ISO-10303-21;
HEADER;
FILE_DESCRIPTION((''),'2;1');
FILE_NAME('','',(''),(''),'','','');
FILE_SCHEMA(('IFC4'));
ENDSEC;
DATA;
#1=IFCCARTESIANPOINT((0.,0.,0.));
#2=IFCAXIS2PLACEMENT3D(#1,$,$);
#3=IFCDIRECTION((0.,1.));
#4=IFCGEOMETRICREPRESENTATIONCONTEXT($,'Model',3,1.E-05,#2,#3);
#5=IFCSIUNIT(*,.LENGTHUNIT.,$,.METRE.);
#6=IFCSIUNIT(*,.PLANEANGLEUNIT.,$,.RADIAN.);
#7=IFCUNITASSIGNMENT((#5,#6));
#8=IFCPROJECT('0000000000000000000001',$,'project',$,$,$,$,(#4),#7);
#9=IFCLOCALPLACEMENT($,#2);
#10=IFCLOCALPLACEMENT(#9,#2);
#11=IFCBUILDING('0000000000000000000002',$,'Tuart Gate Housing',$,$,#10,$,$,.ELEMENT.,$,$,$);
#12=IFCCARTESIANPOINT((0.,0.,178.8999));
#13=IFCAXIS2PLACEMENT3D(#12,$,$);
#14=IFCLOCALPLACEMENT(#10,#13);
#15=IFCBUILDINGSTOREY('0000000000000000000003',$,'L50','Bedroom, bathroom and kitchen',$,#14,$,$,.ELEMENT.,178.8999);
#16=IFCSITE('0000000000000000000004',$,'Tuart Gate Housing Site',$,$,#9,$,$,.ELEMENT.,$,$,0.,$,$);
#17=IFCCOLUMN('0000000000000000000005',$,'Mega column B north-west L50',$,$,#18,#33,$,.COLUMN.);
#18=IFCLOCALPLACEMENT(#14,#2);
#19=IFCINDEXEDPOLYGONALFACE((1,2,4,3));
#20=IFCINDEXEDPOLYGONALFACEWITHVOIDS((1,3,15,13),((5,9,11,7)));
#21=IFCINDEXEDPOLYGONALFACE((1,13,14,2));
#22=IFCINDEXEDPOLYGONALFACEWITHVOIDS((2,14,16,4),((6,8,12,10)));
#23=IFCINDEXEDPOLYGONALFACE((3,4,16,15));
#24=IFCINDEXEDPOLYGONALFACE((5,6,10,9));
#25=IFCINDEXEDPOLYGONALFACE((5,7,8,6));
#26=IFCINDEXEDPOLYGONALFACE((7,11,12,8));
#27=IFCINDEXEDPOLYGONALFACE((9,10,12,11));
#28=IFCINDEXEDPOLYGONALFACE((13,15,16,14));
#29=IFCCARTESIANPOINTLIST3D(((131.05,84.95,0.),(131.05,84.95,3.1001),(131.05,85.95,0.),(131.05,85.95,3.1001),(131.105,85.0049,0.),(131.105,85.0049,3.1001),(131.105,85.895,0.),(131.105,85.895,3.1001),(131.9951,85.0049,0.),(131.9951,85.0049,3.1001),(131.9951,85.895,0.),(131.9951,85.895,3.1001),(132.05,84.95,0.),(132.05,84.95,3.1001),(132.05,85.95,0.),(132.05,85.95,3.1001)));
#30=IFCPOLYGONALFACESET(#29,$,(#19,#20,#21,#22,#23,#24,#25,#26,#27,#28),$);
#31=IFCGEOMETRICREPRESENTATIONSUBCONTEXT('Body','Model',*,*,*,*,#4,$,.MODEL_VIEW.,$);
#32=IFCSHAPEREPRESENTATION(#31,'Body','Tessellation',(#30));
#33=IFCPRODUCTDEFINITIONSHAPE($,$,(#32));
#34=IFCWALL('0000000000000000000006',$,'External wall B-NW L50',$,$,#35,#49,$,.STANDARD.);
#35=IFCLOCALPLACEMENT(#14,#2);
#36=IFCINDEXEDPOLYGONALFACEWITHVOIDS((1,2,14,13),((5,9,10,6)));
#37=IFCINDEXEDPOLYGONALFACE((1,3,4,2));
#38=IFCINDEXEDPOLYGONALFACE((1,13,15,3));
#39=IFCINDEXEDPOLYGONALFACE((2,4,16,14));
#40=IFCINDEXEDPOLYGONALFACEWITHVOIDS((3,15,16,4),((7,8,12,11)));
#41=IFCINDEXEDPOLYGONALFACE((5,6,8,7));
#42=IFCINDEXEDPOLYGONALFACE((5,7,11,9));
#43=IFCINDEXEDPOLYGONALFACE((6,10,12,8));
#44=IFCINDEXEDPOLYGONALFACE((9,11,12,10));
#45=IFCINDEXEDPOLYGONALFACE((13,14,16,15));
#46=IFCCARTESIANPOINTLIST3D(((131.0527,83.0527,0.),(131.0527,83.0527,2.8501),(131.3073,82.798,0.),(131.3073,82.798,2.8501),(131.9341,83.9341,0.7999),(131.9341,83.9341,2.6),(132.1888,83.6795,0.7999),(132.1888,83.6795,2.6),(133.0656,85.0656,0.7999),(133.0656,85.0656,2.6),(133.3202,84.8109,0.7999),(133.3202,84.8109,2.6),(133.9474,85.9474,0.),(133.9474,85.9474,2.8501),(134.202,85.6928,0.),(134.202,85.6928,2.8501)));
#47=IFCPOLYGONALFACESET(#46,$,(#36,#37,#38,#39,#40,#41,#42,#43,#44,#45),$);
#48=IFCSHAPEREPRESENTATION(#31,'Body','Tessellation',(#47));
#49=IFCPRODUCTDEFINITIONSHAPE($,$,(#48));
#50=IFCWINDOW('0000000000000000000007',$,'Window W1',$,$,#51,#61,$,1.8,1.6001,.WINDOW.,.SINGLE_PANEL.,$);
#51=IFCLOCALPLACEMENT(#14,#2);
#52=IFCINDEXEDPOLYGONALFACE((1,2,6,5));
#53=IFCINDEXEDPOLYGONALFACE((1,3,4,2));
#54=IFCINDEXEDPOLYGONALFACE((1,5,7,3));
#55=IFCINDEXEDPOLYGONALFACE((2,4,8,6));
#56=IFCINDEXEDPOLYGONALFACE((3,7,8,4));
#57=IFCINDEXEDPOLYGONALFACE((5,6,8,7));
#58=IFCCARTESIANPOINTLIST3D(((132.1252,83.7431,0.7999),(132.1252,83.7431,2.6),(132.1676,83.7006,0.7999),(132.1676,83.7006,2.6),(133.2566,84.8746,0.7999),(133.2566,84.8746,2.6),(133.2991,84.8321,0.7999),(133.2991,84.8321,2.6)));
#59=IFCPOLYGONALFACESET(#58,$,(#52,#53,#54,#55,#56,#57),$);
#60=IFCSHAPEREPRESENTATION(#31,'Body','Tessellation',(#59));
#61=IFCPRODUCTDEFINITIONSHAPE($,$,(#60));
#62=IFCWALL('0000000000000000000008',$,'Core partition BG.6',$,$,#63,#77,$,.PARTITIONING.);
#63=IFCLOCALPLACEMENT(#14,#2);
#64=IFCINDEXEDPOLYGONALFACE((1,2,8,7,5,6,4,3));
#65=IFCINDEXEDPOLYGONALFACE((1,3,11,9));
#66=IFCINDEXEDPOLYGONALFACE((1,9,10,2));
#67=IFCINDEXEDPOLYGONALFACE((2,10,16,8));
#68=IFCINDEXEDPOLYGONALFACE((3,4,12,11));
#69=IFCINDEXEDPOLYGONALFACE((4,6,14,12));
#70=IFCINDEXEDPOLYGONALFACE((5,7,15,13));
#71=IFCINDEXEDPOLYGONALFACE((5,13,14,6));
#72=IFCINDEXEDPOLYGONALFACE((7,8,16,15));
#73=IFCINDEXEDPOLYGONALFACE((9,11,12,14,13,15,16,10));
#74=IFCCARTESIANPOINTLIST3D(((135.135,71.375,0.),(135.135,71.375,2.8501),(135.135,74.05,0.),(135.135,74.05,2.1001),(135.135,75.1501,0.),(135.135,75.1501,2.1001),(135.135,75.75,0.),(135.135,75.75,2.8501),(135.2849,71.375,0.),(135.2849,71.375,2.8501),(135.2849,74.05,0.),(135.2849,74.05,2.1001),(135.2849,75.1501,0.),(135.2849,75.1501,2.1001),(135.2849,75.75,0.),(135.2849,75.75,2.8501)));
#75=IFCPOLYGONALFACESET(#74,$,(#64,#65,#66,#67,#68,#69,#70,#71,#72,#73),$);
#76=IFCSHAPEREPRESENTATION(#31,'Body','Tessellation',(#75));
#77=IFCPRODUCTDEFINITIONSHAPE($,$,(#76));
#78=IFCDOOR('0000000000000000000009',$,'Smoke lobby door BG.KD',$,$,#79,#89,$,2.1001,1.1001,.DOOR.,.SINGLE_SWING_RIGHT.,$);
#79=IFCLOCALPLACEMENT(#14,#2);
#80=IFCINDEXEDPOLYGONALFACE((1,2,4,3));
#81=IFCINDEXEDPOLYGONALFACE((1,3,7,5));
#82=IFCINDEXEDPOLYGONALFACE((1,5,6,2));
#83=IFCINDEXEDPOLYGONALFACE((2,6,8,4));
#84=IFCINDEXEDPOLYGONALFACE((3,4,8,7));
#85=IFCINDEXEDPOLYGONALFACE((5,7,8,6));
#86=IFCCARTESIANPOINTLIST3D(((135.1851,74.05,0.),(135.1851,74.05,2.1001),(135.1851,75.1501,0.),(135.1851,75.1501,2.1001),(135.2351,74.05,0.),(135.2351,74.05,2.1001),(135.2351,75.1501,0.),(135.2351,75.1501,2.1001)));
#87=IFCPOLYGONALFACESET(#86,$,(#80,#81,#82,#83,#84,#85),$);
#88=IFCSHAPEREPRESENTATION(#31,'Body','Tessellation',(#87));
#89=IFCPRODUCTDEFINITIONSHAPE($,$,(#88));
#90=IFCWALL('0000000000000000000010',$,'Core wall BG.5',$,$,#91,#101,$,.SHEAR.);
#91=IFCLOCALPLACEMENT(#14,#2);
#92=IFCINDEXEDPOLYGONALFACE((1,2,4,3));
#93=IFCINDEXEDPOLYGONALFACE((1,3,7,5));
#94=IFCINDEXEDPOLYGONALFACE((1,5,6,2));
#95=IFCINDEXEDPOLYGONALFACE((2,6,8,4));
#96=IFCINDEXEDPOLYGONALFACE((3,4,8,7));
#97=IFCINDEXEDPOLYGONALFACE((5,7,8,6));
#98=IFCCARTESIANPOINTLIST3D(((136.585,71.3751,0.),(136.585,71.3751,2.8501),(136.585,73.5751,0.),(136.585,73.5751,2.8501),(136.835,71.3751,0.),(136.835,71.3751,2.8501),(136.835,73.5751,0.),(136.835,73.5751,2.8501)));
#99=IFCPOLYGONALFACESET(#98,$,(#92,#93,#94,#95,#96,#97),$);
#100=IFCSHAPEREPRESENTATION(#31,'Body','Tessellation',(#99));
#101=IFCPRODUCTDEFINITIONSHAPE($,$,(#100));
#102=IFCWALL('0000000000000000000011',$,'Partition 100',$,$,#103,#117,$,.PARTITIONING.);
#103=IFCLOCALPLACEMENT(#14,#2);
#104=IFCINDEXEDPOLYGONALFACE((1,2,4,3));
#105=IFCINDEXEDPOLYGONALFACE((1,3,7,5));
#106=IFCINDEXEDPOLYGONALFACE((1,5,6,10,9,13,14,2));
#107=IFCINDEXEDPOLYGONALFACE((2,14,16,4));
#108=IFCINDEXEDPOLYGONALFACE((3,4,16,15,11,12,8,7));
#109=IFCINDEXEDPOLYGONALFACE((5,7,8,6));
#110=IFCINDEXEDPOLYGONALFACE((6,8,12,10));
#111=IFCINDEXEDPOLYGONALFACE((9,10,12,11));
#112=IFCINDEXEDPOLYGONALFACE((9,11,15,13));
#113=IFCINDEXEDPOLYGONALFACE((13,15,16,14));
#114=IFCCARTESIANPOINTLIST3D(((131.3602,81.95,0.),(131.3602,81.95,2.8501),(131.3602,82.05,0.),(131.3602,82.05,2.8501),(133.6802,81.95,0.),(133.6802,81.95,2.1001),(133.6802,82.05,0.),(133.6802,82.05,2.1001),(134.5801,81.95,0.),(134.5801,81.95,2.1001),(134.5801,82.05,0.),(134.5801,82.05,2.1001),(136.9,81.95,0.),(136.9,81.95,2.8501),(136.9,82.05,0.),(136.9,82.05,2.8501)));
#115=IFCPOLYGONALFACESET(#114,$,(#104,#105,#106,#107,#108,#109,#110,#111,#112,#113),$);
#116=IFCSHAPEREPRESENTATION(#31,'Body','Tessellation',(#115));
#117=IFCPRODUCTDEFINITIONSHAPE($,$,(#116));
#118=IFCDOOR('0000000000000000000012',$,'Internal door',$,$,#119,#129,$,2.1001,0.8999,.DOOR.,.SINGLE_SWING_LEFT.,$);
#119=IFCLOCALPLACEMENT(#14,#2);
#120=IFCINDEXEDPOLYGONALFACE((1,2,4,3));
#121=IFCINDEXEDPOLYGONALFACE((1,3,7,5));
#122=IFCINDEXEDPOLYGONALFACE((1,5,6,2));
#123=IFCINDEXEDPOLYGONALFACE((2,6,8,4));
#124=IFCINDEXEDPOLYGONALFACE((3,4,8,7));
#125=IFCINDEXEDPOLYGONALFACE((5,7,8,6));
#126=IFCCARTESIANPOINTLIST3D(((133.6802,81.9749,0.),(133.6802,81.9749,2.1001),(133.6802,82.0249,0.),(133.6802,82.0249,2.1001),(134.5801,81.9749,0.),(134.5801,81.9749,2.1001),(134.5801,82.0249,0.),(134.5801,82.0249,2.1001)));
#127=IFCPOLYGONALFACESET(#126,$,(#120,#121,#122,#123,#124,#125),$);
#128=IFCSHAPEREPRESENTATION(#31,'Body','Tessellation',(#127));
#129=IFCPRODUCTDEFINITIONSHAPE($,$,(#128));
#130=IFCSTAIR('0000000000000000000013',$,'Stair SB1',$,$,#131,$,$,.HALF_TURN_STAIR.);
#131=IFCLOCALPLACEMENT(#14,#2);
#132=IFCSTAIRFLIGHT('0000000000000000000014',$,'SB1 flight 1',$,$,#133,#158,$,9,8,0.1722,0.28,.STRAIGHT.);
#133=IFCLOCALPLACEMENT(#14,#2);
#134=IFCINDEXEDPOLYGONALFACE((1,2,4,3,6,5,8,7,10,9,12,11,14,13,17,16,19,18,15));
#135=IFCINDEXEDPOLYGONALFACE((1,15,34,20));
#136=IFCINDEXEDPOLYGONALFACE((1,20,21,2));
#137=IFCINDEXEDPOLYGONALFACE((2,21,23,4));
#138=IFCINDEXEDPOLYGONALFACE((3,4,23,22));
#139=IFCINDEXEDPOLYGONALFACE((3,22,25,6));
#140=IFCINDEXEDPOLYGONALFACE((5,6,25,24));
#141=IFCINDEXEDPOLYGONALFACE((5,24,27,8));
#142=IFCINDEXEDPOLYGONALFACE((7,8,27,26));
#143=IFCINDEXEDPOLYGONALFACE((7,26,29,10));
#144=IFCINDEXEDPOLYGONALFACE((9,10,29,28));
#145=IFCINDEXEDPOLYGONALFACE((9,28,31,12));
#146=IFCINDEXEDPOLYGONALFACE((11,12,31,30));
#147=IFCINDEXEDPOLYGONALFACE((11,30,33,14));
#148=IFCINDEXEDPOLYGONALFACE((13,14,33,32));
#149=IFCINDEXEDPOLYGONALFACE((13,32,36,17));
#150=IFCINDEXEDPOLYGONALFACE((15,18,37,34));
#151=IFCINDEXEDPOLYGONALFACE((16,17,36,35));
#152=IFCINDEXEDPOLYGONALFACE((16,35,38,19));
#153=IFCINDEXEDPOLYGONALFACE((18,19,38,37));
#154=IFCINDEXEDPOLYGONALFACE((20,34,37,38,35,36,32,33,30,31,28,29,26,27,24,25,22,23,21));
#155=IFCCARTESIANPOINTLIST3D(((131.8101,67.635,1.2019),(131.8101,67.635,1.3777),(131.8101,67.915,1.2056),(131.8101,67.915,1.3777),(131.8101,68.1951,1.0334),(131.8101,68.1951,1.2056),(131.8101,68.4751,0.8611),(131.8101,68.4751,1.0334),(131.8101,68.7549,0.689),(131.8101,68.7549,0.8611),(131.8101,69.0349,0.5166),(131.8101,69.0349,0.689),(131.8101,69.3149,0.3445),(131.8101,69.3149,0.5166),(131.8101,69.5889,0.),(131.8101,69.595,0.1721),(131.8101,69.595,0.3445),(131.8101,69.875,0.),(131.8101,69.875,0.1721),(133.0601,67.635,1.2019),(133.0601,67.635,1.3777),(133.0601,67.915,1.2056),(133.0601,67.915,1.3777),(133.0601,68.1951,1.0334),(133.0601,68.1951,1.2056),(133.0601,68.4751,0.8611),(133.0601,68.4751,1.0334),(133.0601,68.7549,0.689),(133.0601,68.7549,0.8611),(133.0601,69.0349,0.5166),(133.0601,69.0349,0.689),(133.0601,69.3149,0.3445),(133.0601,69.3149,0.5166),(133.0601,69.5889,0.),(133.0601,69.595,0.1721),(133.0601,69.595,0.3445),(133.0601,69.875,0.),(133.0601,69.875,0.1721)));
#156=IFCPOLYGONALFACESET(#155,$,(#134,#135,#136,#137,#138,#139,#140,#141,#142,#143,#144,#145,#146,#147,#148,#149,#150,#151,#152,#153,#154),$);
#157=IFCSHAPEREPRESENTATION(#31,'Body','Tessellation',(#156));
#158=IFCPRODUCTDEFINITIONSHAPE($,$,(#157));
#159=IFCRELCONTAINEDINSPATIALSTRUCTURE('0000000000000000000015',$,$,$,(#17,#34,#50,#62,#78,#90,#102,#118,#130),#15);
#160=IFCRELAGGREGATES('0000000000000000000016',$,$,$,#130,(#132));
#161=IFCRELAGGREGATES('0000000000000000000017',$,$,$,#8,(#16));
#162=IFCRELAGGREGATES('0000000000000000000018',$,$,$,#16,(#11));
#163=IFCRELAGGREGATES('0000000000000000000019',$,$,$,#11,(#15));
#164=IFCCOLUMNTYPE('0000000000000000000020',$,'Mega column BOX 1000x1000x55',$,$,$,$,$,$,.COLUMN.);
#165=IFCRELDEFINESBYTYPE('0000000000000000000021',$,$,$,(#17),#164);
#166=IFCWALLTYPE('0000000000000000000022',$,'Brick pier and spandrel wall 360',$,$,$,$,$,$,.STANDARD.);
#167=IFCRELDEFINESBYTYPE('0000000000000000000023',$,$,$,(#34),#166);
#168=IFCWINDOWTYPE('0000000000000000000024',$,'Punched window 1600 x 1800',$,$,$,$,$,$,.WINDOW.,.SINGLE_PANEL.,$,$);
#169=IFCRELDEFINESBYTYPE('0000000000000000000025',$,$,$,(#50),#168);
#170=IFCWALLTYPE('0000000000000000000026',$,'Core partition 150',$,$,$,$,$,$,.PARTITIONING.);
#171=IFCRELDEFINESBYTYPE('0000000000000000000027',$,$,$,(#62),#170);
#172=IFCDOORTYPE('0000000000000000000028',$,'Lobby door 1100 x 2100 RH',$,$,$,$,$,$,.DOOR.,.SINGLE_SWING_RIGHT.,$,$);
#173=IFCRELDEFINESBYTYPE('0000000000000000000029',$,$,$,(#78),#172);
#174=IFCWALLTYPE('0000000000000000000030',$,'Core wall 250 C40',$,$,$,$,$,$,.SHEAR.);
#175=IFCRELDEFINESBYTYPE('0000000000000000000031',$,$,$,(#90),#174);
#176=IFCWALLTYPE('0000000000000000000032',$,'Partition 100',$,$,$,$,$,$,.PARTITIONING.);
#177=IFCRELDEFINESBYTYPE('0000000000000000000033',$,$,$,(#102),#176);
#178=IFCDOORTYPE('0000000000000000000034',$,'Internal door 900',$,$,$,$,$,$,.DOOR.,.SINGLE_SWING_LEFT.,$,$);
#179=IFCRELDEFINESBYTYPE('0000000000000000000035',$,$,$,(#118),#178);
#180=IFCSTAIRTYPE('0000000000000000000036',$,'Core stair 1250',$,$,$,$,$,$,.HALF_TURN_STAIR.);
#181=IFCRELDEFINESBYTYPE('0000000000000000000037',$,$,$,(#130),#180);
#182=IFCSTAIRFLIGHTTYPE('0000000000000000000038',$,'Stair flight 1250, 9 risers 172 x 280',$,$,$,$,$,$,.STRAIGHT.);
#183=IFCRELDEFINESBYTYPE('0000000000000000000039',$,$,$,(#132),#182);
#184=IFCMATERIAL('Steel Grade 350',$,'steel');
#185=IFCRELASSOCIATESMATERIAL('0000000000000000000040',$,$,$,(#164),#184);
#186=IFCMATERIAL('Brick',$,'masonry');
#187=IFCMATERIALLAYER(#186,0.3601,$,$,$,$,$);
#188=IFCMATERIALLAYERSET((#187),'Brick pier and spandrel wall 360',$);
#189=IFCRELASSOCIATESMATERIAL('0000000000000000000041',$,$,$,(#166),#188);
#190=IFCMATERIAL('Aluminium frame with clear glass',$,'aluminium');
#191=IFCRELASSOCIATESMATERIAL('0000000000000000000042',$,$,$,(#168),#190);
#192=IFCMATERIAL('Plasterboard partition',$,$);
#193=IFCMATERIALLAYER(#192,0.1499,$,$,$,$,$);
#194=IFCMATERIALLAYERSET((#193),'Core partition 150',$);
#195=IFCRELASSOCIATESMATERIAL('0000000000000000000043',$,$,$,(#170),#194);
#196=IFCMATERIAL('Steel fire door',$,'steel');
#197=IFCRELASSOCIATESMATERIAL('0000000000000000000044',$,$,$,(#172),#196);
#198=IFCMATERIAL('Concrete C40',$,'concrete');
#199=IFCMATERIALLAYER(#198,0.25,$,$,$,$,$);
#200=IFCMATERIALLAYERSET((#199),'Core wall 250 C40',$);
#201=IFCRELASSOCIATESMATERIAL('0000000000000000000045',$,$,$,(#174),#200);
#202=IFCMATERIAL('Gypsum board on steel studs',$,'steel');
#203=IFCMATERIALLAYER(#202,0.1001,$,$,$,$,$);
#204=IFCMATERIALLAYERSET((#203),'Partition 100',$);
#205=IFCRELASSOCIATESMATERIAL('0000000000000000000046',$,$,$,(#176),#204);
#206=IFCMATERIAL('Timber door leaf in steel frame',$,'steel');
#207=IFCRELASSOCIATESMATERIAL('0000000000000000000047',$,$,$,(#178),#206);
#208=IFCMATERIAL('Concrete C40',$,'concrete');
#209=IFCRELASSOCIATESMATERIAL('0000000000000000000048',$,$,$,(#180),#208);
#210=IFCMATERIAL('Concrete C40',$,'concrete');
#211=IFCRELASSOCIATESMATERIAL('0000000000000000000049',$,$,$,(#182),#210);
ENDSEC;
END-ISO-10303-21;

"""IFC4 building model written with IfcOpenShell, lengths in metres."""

from ifc_helpers import new_model, si_unit, direction, frame, frame_2d, origin, origin_2d, place, context, subcontext, project, spatial, polyline, rectangle, hollow_rectangle, outline, extrude, material, layer, layer_set, material_profile, profile_set, type_object, element, fill, aggregate, save


model = new_model("IFC4")

# Units and contexts
model_context = context("Model", 3, precision=1e-05, world=origin(), true_north=direction((0.0, 1.0)))
body_context = subcontext(model_context, "Body", "Model", "MODEL_VIEW")
ifc_project = project(units=[si_unit("LENGTHUNIT", "METRE"), si_unit("PLANEANGLEUNIT", "RADIAN")], contexts=[model_context])

# Site, building, storey
site_placement = place(None, origin())
site = spatial("IfcSite", under=ifc_project, at=site_placement, Name="Tuart Gate Housing Site", CompositionType="ELEMENT", RefElevation=0.0)
building_placement = place(site_placement, origin())
building = spatial("IfcBuilding", under=site, at=building_placement, Name="Tuart Gate Housing", CompositionType="ELEMENT")
storey_placement = place(building_placement, frame((0.0, 0.0, 178.8999)))
storey = spatial("IfcBuildingStorey", under=building, at=storey_placement, Name="L50", Description="Bedroom, bathroom and kitchen", CompositionType="ELEMENT", Elevation=178.8999)

# Column
ifc_material_1 = material(Name="Steel Grade 350", Category="steel")
ifc_material_profile = material_profile(ifc_material_1, hollow_rectangle(XDim=1.0, YDim=1.0, WallThickness=0.0549, at=origin_2d()), Name="BOX 1000x1000x55")
ifc_profile_set = profile_set([ifc_material_profile], Name="Steel Grade 350")
column_type = type_object("IfcColumnType", Name="Mega column BOX 1000x1000x55", PredefinedType="COLUMN", material=ifc_profile_set)
column_placement = place(storey_placement, frame((131.55, 85.45, 0.0), z_axis=(0.0, 0.0, 1.0), x_axis=(1.0, 0.0, 0.0)))
element("IfcColumn", 1, at=column_placement, inside=storey, type_object=column_type, Name="Mega column B north-west L50", PredefinedType="COLUMN", context=body_context, shape_type="SweptSolid", body=[
    extrude(hollow_rectangle(XDim=1.0, YDim=1.0, WallThickness=0.0549, at=origin_2d()), origin(), (0.0, 0.0, 1.0), 3.1001),
])

# Wall, opening, window
ifc_material_2 = material(Name="Brick", Category="masonry")
ifc_layer_1 = layer(ifc_material_2, 0.3601)
ifc_layer_set_1 = layer_set([ifc_layer_1], Name="Brick pier and spandrel wall 360")
wall_type_1 = type_object("IfcWallType", Name="Brick pier and spandrel wall 360", PredefinedType="STANDARD", material=ifc_layer_set_1)
wall_1_placement = place(storey_placement, frame((134.0747, 85.8201, 0.0), z_axis=(0.0, 0.0, 1.0), x_axis=(-0.707107, -0.707107, 0.0)))
wall_1 = element("IfcWall", 2, at=wall_1_placement, inside=storey, type_object=wall_type_1, Name="External wall B-NW L50", PredefinedType="STANDARD", context=body_context, shape_type="SweptSolid", body=[
    extrude(rectangle(XDim=4.0938, YDim=0.3601, at=frame_2d((2.0469, 0.0))), origin(), (0.0, 0.0, 1.0), 2.8501),
])
opening_1_placement = place(wall_1_placement, frame((1.2471, 0.0, 0.8)))
opening_1 = element("IfcOpeningElement", 3, at=opening_1_placement, cuts=wall_1, PredefinedType="OPENING", context=body_context, shape_type="SweptSolid", body=[
    extrude(rectangle(XDim=1.6001, YDim=1.8, at=frame_2d((0.8, 0.8999))), frame((0.0, 0.1899, 0.0), z_axis=(0.0, -1.0, 0.0), x_axis=(1.0, 0.0, 0.0)), (0.0, 0.0, 1.0), 0.3801),
])
ifc_material_3 = material(Name="Aluminium frame with clear glass", Category="aluminium")
window_type = type_object("IfcWindowType", Name="Punched window 1600 x 1800", PartitioningType="SINGLE_PANEL", PredefinedType="WINDOW", material=ifc_material_3)
window_placement = place(opening_1_placement, origin())
window = element("IfcWindow", 4, at=window_placement, inside=storey, type_object=window_type, Name="Window W1", OverallHeight=1.8, OverallWidth=1.6001, PartitioningType="SINGLE_PANEL", PredefinedType="WINDOW", context=body_context, shape_type="SweptSolid", body=[
    extrude(rectangle(XDim=1.6001, YDim=1.8, at=frame_2d((0.8, 0.8999))), frame((0.0, 0.1501, 0.0), z_axis=(0.0, -1.0, 0.0), x_axis=(1.0, 0.0, 0.0)), (0.0, 0.0, 1.0), 0.0601),
])
fill(opening_1, window)

# Wall, opening, door
ifc_material_4 = material(Name="Plasterboard partition")
ifc_layer_2 = layer(ifc_material_4, 0.1499)
ifc_layer_set_2 = layer_set([ifc_layer_2], Name="Core partition 150")
wall_type_2 = type_object("IfcWallType", Name="Core partition 150", PredefinedType="PARTITIONING", material=ifc_layer_set_2)
wall_2_placement = place(storey_placement, frame((135.21, 71.375, 0.0), z_axis=(0.0, 0.0, 1.0), x_axis=(0.0, 1.0, 0.0)))
wall_2 = element("IfcWall", 5, at=wall_2_placement, inside=storey, type_object=wall_type_2, Name="Core partition BG.6", PredefinedType="PARTITIONING", context=body_context, shape_type="SweptSolid", body=[
    extrude(rectangle(XDim=4.375, YDim=0.1499, at=frame_2d((2.1875, 0.0))), origin(), (0.0, 0.0, 1.0), 2.8501),
])
opening_2_placement = place(wall_2_placement, frame((2.675, 0.0, 0.0)))
opening_2 = element("IfcOpeningElement", 6, at=opening_2_placement, cuts=wall_2, PredefinedType="OPENING", context=body_context, shape_type="SweptSolid", body=[
    extrude(rectangle(XDim=1.1001, YDim=2.1001, at=frame_2d((0.55, 1.05))), frame((0.0, 0.085, 0.0), z_axis=(0.0, -1.0, 0.0), x_axis=(1.0, 0.0, 0.0)), (0.0, 0.0, 1.0), 0.1699),
])
ifc_material_5 = material(Name="Steel fire door", Category="steel")
door_type_1 = type_object("IfcDoorType", Name="Lobby door 1100 x 2100 RH", OperationType="SINGLE_SWING_RIGHT", PredefinedType="DOOR", material=ifc_material_5)
door_1_placement = place(opening_2_placement, origin())
door_1 = element("IfcDoor", 7, at=door_1_placement, inside=storey, type_object=door_type_1, Name="Smoke lobby door BG.KD", OperationType="SINGLE_SWING_RIGHT", OverallHeight=2.1001, OverallWidth=1.1001, PredefinedType="DOOR", context=body_context, shape_type="SweptSolid", body=[
    extrude(rectangle(XDim=1.1001, YDim=2.1001, at=frame_2d((0.55, 1.05))), frame((0.0, 0.0249, 0.0), z_axis=(0.0, -1.0, 0.0), x_axis=(1.0, 0.0, 0.0)), (0.0, 0.0, 1.0), 0.05),
])
fill(opening_2, door_1)

# Wall
ifc_material_6 = material(Name="Concrete C40", Category="concrete")
ifc_layer_3 = layer(ifc_material_6, 0.25)
ifc_layer_set_3 = layer_set([ifc_layer_3], Name="Core wall 250 C40")
wall_type_3 = type_object("IfcWallType", Name="Core wall 250 C40", PredefinedType="SHEAR", material=ifc_layer_set_3)
wall_3_placement = place(storey_placement, frame((136.71, 71.375, 0.0), z_axis=(0.0, 0.0, 1.0), x_axis=(0.0, 1.0, 0.0)))
element("IfcWall", 8, at=wall_3_placement, inside=storey, type_object=wall_type_3, Name="Core wall BG.5", PredefinedType="SHEAR", context=body_context, shape_type="SweptSolid", body=[
    extrude(rectangle(XDim=2.2, YDim=0.25, at=frame_2d((1.1001, 0.0))), origin(), (0.0, 0.0, 1.0), 2.8501),
])

# Wall, opening, door
ifc_material_7 = material(Name="Gypsum board on steel studs", Category="steel")
ifc_layer_4 = layer(ifc_material_7, 0.1001)
ifc_layer_set_4 = layer_set([ifc_layer_4], Name="Partition 100")
wall_type_4 = type_object("IfcWallType", Name="Partition 100", PredefinedType="PARTITIONING", material=ifc_layer_set_4)
wall_4_placement = place(storey_placement, frame((131.3601, 82.0, 0.0), z_axis=(0.0, 0.0, 1.0), x_axis=(1.0, 0.0, 0.0)))
wall_4 = element("IfcWall", 9, at=wall_4_placement, inside=storey, type_object=wall_type_4, Name="Partition 100", PredefinedType="PARTITIONING", context=body_context, shape_type="SweptSolid", body=[
    extrude(rectangle(XDim=5.5398, YDim=0.1001, at=frame_2d((2.77, 0.0))), origin(), (0.0, 0.0, 1.0), 2.8501),
])
opening_3_placement = place(wall_4_placement, frame((2.3201, 0.0, 0.0)))
opening_3 = element("IfcOpeningElement", 10, at=opening_3_placement, cuts=wall_4, PredefinedType="OPENING", context=body_context, shape_type="SweptSolid", body=[
    extrude(rectangle(XDim=0.8999, YDim=2.1001, at=frame_2d((0.45, 1.05))), frame((0.0, 0.0601, 0.0), z_axis=(0.0, -1.0, 0.0), x_axis=(1.0, 0.0, 0.0)), (0.0, 0.0, 1.0), 0.1201),
])
ifc_material_8 = material(Name="Timber door leaf in steel frame", Category="steel")
door_type_2 = type_object("IfcDoorType", Name="Internal door 900", OperationType="SINGLE_SWING_LEFT", PredefinedType="DOOR", material=ifc_material_8)
door_2_placement = place(opening_3_placement, origin())
door_2 = element("IfcDoor", 11, at=door_2_placement, inside=storey, type_object=door_type_2, Name="Internal door", OperationType="SINGLE_SWING_LEFT", OverallHeight=2.1001, OverallWidth=0.8999, PredefinedType="DOOR", context=body_context, shape_type="SweptSolid", body=[
    extrude(rectangle(XDim=0.8999, YDim=2.1001, at=frame_2d((0.45, 1.05))), frame((0.0, 0.0249, 0.0), z_axis=(0.0, -1.0, 0.0), x_axis=(1.0, 0.0, 0.0)), (0.0, 0.0, 1.0), 0.05),
])
fill(opening_3, door_2)

# Stair, stair flight
ifc_material_9 = material(Name="Concrete C40", Category="concrete")
stair_type = type_object("IfcStairType", Name="Core stair 1250", PredefinedType="HALF_TURN_STAIR", material=ifc_material_9)
stair_placement = place(storey_placement, origin())
stair = element("IfcStair", 12, at=stair_placement, inside=storey, type_object=stair_type, Name="Stair SB1", PredefinedType="HALF_TURN_STAIR")
ifc_material_10 = material(Name="Concrete C40", Category="concrete")
stair_flight_type = type_object("IfcStairFlightType", Name="Stair flight 1250, 9 risers 172 x 280", PredefinedType="STRAIGHT", material=ifc_material_10)
stair_flight_placement = place(storey_placement, frame((132.4351, 69.875, 0.0), z_axis=(0.0, 0.0, 1.0), x_axis=(0.0, -1.0, 0.0)))
stair_flight = element("IfcStairFlight", 13, at=stair_flight_placement, type_object=stair_flight_type, Name="SB1 flight 1", NumberOfRisers=9, NumberOfTreads=8, PredefinedType="STRAIGHT", RiserHeight=0.1722, TreadLength=0.28, context=body_context, shape_type="SweptSolid", body=[
    extrude(outline(polyline([(0.0, 0.0), (0.0, 0.1721), (0.28, 0.1721), (0.28, 0.3445), (0.5601, 0.3445), (0.5601, 0.5166), (0.8401, 0.5166), (0.8401, 0.689), (1.1201, 0.689), (1.1201, 0.8611), (1.3999, 0.8611), (1.3999, 1.0334), (1.6799, 1.0334), (1.6799, 1.2056), (1.96, 1.2056), (1.96, 1.3777), (2.24, 1.3777), (2.24, 1.55), (2.24, 1.2019), (0.2861, 0.0), (0.0, 0.0)])), frame((0.0, 0.625, 0.0), z_axis=(0.0, -1.0, 0.0), x_axis=(1.0, 0.0, 0.0)), (0.0, 0.0, 1.0), 1.25),
])
aggregate(stair, [stair_flight])

save(model, "model.ifc")
